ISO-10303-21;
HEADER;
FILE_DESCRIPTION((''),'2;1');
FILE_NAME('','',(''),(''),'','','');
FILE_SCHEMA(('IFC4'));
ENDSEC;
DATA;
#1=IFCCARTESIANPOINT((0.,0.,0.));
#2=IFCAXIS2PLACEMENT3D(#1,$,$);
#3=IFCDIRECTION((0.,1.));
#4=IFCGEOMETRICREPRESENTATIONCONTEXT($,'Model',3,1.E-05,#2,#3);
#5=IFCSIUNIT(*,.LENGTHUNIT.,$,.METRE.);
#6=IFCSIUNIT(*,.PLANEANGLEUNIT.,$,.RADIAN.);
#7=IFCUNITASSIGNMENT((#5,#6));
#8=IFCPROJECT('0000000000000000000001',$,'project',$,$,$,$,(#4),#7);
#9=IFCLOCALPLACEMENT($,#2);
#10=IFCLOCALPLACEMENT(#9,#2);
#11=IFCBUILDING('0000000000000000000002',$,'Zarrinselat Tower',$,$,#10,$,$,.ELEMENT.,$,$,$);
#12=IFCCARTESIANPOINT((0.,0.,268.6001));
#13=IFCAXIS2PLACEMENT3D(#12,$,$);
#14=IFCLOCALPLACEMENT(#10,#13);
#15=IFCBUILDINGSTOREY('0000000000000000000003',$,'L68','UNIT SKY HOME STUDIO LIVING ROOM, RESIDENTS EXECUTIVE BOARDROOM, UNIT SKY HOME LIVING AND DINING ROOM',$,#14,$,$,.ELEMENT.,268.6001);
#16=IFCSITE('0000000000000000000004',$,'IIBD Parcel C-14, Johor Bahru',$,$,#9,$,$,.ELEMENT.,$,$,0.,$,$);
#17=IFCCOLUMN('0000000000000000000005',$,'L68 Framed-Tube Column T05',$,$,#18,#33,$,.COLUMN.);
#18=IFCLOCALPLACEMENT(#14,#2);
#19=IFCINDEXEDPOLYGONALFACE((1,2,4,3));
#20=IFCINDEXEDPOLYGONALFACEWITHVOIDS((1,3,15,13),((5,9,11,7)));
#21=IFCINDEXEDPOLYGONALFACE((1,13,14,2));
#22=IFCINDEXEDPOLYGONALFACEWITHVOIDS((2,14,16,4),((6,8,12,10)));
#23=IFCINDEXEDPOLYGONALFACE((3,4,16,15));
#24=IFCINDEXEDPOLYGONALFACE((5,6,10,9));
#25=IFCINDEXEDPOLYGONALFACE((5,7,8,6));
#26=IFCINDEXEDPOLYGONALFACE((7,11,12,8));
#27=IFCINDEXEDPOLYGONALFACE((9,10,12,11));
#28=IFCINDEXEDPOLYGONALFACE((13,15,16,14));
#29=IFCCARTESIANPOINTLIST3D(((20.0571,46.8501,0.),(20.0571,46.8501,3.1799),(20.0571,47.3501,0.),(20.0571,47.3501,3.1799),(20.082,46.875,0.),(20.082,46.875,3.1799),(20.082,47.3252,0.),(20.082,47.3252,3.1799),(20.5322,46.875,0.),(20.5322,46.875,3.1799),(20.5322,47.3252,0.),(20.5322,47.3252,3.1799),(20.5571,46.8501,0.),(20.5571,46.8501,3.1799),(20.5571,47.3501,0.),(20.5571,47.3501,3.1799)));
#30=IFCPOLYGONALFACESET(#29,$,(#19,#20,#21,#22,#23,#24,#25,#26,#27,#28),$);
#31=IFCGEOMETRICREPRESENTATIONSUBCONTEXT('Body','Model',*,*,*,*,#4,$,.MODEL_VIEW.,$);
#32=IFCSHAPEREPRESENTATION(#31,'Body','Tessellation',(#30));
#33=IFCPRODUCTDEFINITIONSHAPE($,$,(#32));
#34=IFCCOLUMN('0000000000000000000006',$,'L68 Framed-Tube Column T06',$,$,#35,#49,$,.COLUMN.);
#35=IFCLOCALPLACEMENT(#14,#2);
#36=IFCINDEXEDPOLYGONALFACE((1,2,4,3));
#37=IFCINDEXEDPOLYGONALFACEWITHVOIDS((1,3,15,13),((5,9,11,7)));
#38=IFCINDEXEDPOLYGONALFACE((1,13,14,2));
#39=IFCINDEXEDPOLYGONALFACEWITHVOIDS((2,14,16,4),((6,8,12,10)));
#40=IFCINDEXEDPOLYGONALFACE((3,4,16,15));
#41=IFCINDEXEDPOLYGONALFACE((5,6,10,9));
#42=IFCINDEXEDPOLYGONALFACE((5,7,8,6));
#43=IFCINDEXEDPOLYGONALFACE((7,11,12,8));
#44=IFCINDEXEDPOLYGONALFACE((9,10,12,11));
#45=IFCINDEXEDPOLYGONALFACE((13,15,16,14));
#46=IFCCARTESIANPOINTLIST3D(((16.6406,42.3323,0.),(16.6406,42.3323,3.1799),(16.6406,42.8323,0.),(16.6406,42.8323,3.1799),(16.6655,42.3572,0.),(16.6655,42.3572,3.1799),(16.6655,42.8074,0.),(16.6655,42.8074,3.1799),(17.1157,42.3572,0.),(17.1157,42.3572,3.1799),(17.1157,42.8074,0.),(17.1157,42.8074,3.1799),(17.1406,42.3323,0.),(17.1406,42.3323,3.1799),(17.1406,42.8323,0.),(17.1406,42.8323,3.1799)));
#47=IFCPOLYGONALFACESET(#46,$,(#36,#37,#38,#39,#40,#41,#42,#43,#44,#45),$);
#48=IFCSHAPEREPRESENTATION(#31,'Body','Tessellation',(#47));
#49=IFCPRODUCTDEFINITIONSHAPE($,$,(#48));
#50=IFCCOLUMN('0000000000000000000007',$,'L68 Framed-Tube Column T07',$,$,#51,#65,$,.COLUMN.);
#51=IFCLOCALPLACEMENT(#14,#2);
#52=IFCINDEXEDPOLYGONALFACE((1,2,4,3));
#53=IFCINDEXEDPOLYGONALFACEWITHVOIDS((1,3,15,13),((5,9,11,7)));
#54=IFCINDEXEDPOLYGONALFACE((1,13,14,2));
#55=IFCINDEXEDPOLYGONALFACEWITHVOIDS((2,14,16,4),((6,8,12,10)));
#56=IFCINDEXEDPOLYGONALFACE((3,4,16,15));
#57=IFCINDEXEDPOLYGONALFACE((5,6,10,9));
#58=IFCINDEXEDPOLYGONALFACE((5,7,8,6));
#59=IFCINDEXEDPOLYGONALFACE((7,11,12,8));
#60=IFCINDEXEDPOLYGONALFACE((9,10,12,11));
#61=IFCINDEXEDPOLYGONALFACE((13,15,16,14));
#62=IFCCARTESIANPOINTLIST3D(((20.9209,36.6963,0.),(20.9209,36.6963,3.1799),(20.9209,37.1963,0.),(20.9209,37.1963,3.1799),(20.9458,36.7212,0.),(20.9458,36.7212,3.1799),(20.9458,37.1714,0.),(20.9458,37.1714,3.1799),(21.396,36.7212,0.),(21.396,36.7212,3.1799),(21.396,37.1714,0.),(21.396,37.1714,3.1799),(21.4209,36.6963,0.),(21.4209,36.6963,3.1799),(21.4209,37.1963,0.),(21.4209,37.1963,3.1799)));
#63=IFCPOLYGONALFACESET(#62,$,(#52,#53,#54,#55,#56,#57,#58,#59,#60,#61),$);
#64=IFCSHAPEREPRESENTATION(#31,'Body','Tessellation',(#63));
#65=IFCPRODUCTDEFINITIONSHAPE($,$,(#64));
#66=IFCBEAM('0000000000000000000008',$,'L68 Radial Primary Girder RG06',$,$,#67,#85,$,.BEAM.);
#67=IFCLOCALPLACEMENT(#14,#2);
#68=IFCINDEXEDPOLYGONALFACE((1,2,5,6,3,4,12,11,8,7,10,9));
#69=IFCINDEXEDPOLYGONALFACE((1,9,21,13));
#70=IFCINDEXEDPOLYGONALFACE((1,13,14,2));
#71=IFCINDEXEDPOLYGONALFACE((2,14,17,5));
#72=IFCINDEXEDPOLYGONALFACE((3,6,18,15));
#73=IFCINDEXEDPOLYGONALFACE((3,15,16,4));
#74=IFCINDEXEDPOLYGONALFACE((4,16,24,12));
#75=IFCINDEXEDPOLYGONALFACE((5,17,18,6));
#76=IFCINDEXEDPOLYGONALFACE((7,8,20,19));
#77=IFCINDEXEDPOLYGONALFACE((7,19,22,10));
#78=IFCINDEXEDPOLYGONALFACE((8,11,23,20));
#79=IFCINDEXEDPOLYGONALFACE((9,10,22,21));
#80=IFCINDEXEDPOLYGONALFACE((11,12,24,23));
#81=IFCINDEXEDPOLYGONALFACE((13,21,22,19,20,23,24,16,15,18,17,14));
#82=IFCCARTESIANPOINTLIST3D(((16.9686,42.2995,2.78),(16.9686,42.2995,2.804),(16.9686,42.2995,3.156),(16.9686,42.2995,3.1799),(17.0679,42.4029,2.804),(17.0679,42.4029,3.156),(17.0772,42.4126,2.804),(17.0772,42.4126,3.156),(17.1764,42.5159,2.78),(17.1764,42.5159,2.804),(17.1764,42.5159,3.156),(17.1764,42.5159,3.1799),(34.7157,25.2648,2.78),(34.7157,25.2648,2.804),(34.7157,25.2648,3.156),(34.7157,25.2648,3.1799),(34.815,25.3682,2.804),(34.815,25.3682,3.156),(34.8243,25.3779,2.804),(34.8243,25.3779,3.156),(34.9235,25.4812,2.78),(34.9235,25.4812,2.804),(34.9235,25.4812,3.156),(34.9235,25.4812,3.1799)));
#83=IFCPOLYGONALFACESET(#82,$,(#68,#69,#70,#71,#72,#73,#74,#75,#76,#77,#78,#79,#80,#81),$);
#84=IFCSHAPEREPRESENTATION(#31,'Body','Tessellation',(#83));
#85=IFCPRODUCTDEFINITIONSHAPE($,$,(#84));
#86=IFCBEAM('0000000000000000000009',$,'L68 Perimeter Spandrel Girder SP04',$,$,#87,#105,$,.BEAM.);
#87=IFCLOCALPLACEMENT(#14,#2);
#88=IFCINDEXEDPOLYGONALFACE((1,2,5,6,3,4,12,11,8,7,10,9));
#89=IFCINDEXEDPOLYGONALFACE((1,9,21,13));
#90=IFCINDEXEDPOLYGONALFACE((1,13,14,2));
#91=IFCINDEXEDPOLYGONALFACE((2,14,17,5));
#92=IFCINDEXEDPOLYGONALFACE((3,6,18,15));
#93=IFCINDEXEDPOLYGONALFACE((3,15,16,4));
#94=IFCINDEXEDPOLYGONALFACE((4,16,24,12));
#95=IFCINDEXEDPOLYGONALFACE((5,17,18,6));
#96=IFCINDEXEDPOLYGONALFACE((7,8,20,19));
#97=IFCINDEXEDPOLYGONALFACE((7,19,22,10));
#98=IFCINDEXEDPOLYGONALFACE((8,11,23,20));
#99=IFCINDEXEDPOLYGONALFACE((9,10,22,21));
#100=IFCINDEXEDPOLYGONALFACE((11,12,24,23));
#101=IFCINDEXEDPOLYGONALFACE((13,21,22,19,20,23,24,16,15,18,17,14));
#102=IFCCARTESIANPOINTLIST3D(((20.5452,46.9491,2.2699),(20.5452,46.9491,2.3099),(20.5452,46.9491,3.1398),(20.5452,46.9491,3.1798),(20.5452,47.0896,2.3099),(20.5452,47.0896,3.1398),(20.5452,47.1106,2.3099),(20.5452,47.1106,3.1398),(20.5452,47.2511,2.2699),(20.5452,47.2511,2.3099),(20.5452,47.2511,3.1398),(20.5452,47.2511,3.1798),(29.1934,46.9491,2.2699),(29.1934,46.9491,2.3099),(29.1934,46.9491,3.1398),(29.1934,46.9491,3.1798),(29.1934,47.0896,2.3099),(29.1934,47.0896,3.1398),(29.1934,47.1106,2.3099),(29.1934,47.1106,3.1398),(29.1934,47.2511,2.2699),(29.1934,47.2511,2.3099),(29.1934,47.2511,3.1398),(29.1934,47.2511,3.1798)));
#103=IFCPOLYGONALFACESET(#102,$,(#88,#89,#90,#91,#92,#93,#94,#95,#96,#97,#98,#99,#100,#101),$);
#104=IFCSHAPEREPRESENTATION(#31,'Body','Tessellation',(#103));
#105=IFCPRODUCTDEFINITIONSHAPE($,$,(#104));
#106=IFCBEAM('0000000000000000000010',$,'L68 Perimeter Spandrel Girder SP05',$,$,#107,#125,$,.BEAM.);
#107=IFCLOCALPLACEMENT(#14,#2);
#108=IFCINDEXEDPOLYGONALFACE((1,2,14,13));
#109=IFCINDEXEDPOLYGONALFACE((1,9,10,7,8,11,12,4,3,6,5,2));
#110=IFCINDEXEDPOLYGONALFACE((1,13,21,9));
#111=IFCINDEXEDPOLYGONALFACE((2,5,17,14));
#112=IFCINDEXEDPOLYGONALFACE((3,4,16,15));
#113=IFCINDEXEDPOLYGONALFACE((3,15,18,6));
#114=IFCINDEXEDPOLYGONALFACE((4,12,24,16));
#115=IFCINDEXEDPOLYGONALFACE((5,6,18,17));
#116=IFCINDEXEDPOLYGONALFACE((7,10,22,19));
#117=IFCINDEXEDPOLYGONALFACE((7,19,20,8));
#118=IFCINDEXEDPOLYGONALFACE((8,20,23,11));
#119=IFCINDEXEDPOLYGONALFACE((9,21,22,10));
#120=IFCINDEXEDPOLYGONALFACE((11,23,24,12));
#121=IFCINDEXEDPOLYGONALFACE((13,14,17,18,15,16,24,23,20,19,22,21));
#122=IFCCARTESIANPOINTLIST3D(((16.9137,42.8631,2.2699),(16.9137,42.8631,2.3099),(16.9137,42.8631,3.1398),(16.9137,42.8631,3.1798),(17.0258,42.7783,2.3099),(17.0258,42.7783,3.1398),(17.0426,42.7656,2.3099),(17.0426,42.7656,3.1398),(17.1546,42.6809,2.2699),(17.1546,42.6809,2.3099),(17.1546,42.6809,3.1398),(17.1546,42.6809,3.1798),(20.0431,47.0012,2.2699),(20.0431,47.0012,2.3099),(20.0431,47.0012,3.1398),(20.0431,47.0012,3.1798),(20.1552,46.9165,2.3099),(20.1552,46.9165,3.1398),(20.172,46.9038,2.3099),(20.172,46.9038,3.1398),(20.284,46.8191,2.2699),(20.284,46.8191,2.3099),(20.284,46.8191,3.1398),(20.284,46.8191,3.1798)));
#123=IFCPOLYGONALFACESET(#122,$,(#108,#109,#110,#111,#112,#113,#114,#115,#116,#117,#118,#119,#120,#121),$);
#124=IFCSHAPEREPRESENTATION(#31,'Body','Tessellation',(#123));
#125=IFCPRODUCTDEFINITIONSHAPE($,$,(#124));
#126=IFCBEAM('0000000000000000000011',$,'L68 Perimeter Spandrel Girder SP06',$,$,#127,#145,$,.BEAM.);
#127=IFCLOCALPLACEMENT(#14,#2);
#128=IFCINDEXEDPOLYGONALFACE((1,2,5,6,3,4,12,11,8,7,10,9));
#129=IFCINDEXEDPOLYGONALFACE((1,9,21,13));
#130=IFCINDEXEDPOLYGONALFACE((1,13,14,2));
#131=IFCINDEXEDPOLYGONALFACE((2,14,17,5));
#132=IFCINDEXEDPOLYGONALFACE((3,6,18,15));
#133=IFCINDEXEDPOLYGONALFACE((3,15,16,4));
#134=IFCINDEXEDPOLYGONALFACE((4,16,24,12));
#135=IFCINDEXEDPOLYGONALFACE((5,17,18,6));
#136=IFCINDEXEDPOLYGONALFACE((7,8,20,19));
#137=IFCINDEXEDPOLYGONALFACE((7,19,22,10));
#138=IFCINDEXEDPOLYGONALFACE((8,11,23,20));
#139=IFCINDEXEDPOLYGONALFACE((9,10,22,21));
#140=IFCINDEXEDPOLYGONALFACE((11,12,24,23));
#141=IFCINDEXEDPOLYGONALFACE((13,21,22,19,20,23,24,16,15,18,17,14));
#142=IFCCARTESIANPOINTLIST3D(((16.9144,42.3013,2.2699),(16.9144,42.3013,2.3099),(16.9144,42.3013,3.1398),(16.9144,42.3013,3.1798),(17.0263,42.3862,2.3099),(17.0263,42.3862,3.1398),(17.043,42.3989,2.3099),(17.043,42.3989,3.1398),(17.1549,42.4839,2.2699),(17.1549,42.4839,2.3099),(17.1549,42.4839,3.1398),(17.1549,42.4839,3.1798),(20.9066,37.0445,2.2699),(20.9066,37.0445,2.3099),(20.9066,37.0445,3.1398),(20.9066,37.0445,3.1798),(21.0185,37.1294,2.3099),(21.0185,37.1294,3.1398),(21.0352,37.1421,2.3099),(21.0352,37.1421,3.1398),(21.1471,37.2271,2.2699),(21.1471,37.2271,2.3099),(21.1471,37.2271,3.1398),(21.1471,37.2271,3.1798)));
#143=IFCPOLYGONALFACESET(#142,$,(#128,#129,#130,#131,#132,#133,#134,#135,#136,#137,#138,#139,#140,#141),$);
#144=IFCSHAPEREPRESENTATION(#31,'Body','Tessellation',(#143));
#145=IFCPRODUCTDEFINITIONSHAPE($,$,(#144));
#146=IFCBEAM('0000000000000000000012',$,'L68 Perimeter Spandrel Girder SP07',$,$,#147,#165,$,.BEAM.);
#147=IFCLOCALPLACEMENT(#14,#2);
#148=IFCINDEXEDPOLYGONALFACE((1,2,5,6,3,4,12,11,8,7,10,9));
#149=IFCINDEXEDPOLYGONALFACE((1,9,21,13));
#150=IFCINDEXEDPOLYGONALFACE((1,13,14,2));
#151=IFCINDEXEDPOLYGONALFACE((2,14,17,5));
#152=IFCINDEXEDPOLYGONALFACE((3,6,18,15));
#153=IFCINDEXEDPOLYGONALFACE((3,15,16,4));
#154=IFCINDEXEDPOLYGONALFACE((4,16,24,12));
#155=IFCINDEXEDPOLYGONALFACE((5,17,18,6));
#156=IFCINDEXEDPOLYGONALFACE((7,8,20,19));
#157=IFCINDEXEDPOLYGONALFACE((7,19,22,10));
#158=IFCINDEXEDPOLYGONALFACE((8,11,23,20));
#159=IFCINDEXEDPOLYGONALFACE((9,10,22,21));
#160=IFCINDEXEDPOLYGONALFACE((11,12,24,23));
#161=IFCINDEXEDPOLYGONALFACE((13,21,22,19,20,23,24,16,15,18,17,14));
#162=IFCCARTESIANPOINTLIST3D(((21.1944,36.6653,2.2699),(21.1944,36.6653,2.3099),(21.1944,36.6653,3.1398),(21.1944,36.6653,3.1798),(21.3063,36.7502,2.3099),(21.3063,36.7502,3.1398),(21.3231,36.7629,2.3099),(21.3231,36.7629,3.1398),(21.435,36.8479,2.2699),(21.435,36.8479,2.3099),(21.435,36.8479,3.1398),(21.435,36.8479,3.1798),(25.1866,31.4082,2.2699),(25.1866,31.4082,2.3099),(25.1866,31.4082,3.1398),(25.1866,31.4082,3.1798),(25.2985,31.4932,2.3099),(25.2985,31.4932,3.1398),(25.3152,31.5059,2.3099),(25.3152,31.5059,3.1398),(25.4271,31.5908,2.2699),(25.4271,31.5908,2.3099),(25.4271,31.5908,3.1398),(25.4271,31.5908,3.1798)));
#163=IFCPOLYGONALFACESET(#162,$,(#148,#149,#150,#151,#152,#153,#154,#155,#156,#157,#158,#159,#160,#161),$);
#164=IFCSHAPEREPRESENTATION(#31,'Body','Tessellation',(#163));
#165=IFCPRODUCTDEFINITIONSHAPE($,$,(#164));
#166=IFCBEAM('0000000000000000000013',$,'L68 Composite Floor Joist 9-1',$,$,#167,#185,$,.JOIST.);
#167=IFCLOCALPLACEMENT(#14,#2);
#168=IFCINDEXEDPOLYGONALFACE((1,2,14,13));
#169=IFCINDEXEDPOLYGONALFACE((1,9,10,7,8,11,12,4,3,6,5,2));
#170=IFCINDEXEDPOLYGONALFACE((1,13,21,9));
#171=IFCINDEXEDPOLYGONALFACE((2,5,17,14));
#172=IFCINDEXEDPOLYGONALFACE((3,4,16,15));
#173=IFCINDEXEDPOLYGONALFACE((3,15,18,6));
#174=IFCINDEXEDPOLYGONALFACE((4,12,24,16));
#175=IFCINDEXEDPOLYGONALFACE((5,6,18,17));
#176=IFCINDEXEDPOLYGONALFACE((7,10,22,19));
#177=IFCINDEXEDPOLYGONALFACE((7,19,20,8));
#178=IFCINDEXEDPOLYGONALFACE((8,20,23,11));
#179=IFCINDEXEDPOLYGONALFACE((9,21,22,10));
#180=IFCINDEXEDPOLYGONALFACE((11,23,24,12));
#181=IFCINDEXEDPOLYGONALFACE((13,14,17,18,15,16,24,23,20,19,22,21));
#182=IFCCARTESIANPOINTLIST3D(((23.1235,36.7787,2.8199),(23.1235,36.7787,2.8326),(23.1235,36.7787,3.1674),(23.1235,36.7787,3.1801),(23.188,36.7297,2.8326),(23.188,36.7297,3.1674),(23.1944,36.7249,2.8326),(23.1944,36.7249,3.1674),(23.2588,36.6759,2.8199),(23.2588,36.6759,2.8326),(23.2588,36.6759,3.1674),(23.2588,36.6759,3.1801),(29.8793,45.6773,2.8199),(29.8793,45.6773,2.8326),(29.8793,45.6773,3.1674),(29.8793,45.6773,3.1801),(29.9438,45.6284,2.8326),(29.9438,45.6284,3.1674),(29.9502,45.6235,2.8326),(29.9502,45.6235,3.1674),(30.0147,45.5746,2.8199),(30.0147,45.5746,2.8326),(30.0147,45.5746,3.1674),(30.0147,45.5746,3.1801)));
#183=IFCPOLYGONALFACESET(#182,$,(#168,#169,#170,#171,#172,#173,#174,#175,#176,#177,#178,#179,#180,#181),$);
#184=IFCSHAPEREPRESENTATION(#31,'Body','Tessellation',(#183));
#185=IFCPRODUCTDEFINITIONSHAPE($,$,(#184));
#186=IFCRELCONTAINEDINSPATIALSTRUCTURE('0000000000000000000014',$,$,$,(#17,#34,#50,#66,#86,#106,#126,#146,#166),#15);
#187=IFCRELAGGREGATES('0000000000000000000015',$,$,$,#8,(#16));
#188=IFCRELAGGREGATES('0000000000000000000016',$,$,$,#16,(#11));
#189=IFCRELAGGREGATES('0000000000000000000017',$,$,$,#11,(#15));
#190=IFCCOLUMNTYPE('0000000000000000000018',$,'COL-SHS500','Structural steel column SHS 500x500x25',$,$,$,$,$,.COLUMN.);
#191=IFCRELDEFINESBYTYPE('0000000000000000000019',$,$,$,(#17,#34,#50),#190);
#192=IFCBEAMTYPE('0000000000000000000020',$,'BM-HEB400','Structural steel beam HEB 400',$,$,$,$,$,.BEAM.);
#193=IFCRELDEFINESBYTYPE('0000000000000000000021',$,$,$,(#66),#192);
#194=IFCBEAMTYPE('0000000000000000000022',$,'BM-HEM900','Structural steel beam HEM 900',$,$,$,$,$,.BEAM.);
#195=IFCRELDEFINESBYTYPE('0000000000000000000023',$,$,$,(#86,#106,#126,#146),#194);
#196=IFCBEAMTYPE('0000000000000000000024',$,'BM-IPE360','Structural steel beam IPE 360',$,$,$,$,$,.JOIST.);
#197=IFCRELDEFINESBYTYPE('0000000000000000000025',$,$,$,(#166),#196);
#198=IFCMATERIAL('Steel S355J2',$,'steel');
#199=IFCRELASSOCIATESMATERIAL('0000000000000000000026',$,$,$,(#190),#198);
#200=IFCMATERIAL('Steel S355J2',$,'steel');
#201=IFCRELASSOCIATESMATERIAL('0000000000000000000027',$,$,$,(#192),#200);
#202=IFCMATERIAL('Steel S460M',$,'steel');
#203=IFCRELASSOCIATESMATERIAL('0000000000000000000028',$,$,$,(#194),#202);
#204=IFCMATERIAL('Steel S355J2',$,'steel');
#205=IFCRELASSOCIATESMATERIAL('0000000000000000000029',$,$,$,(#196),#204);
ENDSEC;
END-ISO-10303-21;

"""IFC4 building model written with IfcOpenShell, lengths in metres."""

from ifc_helpers import new_model, si_unit, direction, frame, origin, origin_2d, place, context, subcontext, project, spatial, hollow_rectangle, i_section, extrude, material, material_profile, profile_set, type_object, element, save


model = new_model("IFC4")

# Units and contexts
model_context = context("Model", 3, precision=1e-05, world=origin(), true_north=direction((0.0, 1.0)))
body_context = subcontext(model_context, "Body", "Model", "MODEL_VIEW")
ifc_project = project(units=[si_unit("LENGTHUNIT", "METRE"), si_unit("PLANEANGLEUNIT", "RADIAN")], contexts=[model_context])

# Site, building, storey
site_placement = place(None, origin())
site = spatial("IfcSite", under=ifc_project, at=site_placement, Name="IIBD Parcel C-14, Johor Bahru", CompositionType="ELEMENT", RefElevation=0.0)
building_placement = place(site_placement, origin())
building = spatial("IfcBuilding", under=site, at=building_placement, Name="Zarrinselat Tower", CompositionType="ELEMENT")
storey_placement = place(building_placement, frame((0.0, 0.0, 268.6001)))
storey = spatial("IfcBuildingStorey", under=building, at=storey_placement, Name="L68", Description="UNIT SKY HOME STUDIO LIVING ROOM, RESIDENTS EXECUTIVE BOARDROOM, UNIT SKY HOME LIVING AND DINING ROOM", CompositionType="ELEMENT", Elevation=268.6001)

# Columns
ifc_material_1 = material(Name="Steel S355J2", Category="steel")
ifc_material_profile_1 = material_profile(ifc_material_1, hollow_rectangle(XDim=0.5, YDim=0.5, WallThickness=0.0249, at=origin_2d()), Name="SHS 500x500x25")
ifc_profile_set_1 = profile_set([ifc_material_profile_1], Name="Steel S355J2")
column_type = type_object("IfcColumnType", Name="COL-SHS500", Description="Structural steel column SHS 500x500x25", PredefinedType="COLUMN", material=ifc_profile_set_1)
for number, where, z_axis, x_axis, name in (
    (1, (20.3071, 47.1001, 0.0), (0.0, 0.0, 1.0), (1.0, 0.0, 0.0), "L68 Framed-Tube Column T05"),
    (2, (16.8906, 42.5823, 0.0), (0.0, 0.0, 1.0), (1.0, 0.0, 0.0), "L68 Framed-Tube Column T06"),
    (3, (21.1709, 36.9463, 0.0), (0.0, 0.0, 1.0), (1.0, 0.0, 0.0), "L68 Framed-Tube Column T07"),
):
    element("IfcColumn", number, at=place(storey_placement, frame(where, z_axis=z_axis, x_axis=x_axis)), inside=storey, type_object=column_type, Name=name, PredefinedType="COLUMN", context=body_context, shape_type="SweptSolid", body=[
        extrude(hollow_rectangle(XDim=0.5, YDim=0.5, WallThickness=0.0249, at=origin_2d()), origin(), (0.0, 0.0, 1.0), 3.1799),
    ])

# Beams
ifc_material_2 = material(Name="Steel S355J2", Category="steel")
ifc_material_profile_2 = material_profile(ifc_material_2, i_section(OverallWidth=0.3, OverallDepth=0.3999, WebThickness=0.0134, FlangeThickness=0.0239, at=origin_2d()), Name="HEB 400")
ifc_profile_set_2 = profile_set([ifc_material_profile_2], Name="Steel S355J2")
beam_type_1 = type_object("IfcBeamType", Name="BM-HEB400", Description="Structural steel beam HEB 400", PredefinedType="BEAM", material=ifc_profile_set_2)
beam_1_placement = place(storey_placement, frame((17.0725, 42.4077, 2.98), z_axis=(0.721438, -0.692479, 0.0), x_axis=(0.692479, 0.721438, 0.0)))
element("IfcBeam", 4, at=beam_1_placement, inside=storey, type_object=beam_type_1, Name="L68 Radial Primary Girder RG06", PredefinedType="BEAM", context=body_context, shape_type="SweptSolid", body=[
    extrude(i_section(OverallWidth=0.3, OverallDepth=0.3999, WebThickness=0.0134, FlangeThickness=0.0239, at=origin_2d()), origin(), (0.0, 0.0, 1.0), 24.5996),
])
ifc_material_3 = material(Name="Steel S460M", Category="steel")
ifc_material_profile_3 = material_profile(ifc_material_3, i_section(OverallWidth=0.302, OverallDepth=0.9099, WebThickness=0.021, FlangeThickness=0.04, at=origin_2d()), Name="HEM 900")
ifc_profile_set_3 = profile_set([ifc_material_profile_3], Name="Steel S460M")
beam_type_2 = type_object("IfcBeamType", Name="BM-HEM900", Description="Structural steel beam HEM 900", PredefinedType="BEAM", material=ifc_profile_set_3)
beam_2_placement = place(storey_placement, frame((20.5452, 47.1001, 2.7249), z_axis=(1.0, 0.0, 0.0), x_axis=(0.0, 1.0, 0.0)))
element("IfcBeam", 5, at=beam_2_placement, inside=storey, type_object=beam_type_2, Name="L68 Perimeter Spandrel Girder SP04", PredefinedType="BEAM", context=body_context, shape_type="SweptSolid", body=[
    extrude(i_section(OverallWidth=0.302, OverallDepth=0.9099, WebThickness=0.021, FlangeThickness=0.04, at=origin_2d()), origin(), (0.0, 0.0, 1.0), 8.6482),
])
beam_3_placement = place(storey_placement, frame((17.0342, 42.772, 2.7249), z_axis=(0.603173, 0.797611, 0.0), x_axis=(-0.797611, 0.603173, 0.0)))
element("IfcBeam", 6, at=beam_3_placement, inside=storey, type_object=beam_type_2, Name="L68 Perimeter Spandrel Girder SP05", PredefinedType="BEAM", context=body_context, shape_type="SweptSolid", body=[
    extrude(i_section(OverallWidth=0.302, OverallDepth=0.9099, WebThickness=0.021, FlangeThickness=0.04, at=origin_2d()), origin(), (0.0, 0.0, 1.0), 5.1882),
])
beam_4_placement = place(storey_placement, frame((17.0347, 42.3926, 2.7249), z_axis=(0.604794, -0.796382, 0.0), x_axis=(0.796382, 0.604794, 0.0)))
element("IfcBeam", 7, at=beam_4_placement, inside=storey, type_object=beam_type_2, Name="L68 Perimeter Spandrel Girder SP06", PredefinedType="BEAM", context=body_context, shape_type="SweptSolid", body=[
    extrude(i_section(OverallWidth=0.302, OverallDepth=0.9099, WebThickness=0.021, FlangeThickness=0.04, at=origin_2d()), origin(), (0.0, 0.0, 1.0), 6.6008),
])
beam_5_placement = place(storey_placement, frame((21.3147, 36.7566, 2.7249), z_axis=(0.604777, -0.796395, 0.0), x_axis=(0.796395, 0.604777, 0.0)))
element("IfcBeam", 8, at=beam_5_placement, inside=storey, type_object=beam_type_2, Name="L68 Perimeter Spandrel Girder SP07", PredefinedType="BEAM", context=body_context, shape_type="SweptSolid", body=[
    extrude(i_section(OverallWidth=0.302, OverallDepth=0.9099, WebThickness=0.021, FlangeThickness=0.04, at=origin_2d()), origin(), (0.0, 0.0, 1.0), 6.6011),
])
ifc_material_4 = material(Name="Steel S355J2", Category="steel")
ifc_material_profile_4 = material_profile(ifc_material_4, i_section(OverallWidth=0.1699, OverallDepth=0.3601, WebThickness=0.0081, FlangeThickness=0.0127, at=origin_2d()), Name="IPE 360")
ifc_profile_set_4 = profile_set([ifc_material_profile_4], Name="Steel S355J2")
beam_type_3 = type_object("IfcBeamType", Name="BM-IPE360", Description="Structural steel beam IPE 360", PredefinedType="JOIST", material=ifc_profile_set_4)
beam_6_placement = place(storey_placement, frame((23.1912, 36.7273, 3.0), z_axis=(0.604678, 0.79647, 0.0), x_axis=(-0.79647, 0.604678, 0.0)))
element("IfcBeam", 9, at=beam_6_placement, inside=storey, type_object=beam_type_3, Name="L68 Composite Floor Joist 9-1", PredefinedType="JOIST", context=body_context, shape_type="SweptSolid", body=[
    extrude(i_section(OverallWidth=0.1699, OverallDepth=0.3601, WebThickness=0.0081, FlangeThickness=0.0127, at=origin_2d()), origin(), (0.0, 0.0, 1.0), 11.1726),
])

save(model, "model.ifc")
